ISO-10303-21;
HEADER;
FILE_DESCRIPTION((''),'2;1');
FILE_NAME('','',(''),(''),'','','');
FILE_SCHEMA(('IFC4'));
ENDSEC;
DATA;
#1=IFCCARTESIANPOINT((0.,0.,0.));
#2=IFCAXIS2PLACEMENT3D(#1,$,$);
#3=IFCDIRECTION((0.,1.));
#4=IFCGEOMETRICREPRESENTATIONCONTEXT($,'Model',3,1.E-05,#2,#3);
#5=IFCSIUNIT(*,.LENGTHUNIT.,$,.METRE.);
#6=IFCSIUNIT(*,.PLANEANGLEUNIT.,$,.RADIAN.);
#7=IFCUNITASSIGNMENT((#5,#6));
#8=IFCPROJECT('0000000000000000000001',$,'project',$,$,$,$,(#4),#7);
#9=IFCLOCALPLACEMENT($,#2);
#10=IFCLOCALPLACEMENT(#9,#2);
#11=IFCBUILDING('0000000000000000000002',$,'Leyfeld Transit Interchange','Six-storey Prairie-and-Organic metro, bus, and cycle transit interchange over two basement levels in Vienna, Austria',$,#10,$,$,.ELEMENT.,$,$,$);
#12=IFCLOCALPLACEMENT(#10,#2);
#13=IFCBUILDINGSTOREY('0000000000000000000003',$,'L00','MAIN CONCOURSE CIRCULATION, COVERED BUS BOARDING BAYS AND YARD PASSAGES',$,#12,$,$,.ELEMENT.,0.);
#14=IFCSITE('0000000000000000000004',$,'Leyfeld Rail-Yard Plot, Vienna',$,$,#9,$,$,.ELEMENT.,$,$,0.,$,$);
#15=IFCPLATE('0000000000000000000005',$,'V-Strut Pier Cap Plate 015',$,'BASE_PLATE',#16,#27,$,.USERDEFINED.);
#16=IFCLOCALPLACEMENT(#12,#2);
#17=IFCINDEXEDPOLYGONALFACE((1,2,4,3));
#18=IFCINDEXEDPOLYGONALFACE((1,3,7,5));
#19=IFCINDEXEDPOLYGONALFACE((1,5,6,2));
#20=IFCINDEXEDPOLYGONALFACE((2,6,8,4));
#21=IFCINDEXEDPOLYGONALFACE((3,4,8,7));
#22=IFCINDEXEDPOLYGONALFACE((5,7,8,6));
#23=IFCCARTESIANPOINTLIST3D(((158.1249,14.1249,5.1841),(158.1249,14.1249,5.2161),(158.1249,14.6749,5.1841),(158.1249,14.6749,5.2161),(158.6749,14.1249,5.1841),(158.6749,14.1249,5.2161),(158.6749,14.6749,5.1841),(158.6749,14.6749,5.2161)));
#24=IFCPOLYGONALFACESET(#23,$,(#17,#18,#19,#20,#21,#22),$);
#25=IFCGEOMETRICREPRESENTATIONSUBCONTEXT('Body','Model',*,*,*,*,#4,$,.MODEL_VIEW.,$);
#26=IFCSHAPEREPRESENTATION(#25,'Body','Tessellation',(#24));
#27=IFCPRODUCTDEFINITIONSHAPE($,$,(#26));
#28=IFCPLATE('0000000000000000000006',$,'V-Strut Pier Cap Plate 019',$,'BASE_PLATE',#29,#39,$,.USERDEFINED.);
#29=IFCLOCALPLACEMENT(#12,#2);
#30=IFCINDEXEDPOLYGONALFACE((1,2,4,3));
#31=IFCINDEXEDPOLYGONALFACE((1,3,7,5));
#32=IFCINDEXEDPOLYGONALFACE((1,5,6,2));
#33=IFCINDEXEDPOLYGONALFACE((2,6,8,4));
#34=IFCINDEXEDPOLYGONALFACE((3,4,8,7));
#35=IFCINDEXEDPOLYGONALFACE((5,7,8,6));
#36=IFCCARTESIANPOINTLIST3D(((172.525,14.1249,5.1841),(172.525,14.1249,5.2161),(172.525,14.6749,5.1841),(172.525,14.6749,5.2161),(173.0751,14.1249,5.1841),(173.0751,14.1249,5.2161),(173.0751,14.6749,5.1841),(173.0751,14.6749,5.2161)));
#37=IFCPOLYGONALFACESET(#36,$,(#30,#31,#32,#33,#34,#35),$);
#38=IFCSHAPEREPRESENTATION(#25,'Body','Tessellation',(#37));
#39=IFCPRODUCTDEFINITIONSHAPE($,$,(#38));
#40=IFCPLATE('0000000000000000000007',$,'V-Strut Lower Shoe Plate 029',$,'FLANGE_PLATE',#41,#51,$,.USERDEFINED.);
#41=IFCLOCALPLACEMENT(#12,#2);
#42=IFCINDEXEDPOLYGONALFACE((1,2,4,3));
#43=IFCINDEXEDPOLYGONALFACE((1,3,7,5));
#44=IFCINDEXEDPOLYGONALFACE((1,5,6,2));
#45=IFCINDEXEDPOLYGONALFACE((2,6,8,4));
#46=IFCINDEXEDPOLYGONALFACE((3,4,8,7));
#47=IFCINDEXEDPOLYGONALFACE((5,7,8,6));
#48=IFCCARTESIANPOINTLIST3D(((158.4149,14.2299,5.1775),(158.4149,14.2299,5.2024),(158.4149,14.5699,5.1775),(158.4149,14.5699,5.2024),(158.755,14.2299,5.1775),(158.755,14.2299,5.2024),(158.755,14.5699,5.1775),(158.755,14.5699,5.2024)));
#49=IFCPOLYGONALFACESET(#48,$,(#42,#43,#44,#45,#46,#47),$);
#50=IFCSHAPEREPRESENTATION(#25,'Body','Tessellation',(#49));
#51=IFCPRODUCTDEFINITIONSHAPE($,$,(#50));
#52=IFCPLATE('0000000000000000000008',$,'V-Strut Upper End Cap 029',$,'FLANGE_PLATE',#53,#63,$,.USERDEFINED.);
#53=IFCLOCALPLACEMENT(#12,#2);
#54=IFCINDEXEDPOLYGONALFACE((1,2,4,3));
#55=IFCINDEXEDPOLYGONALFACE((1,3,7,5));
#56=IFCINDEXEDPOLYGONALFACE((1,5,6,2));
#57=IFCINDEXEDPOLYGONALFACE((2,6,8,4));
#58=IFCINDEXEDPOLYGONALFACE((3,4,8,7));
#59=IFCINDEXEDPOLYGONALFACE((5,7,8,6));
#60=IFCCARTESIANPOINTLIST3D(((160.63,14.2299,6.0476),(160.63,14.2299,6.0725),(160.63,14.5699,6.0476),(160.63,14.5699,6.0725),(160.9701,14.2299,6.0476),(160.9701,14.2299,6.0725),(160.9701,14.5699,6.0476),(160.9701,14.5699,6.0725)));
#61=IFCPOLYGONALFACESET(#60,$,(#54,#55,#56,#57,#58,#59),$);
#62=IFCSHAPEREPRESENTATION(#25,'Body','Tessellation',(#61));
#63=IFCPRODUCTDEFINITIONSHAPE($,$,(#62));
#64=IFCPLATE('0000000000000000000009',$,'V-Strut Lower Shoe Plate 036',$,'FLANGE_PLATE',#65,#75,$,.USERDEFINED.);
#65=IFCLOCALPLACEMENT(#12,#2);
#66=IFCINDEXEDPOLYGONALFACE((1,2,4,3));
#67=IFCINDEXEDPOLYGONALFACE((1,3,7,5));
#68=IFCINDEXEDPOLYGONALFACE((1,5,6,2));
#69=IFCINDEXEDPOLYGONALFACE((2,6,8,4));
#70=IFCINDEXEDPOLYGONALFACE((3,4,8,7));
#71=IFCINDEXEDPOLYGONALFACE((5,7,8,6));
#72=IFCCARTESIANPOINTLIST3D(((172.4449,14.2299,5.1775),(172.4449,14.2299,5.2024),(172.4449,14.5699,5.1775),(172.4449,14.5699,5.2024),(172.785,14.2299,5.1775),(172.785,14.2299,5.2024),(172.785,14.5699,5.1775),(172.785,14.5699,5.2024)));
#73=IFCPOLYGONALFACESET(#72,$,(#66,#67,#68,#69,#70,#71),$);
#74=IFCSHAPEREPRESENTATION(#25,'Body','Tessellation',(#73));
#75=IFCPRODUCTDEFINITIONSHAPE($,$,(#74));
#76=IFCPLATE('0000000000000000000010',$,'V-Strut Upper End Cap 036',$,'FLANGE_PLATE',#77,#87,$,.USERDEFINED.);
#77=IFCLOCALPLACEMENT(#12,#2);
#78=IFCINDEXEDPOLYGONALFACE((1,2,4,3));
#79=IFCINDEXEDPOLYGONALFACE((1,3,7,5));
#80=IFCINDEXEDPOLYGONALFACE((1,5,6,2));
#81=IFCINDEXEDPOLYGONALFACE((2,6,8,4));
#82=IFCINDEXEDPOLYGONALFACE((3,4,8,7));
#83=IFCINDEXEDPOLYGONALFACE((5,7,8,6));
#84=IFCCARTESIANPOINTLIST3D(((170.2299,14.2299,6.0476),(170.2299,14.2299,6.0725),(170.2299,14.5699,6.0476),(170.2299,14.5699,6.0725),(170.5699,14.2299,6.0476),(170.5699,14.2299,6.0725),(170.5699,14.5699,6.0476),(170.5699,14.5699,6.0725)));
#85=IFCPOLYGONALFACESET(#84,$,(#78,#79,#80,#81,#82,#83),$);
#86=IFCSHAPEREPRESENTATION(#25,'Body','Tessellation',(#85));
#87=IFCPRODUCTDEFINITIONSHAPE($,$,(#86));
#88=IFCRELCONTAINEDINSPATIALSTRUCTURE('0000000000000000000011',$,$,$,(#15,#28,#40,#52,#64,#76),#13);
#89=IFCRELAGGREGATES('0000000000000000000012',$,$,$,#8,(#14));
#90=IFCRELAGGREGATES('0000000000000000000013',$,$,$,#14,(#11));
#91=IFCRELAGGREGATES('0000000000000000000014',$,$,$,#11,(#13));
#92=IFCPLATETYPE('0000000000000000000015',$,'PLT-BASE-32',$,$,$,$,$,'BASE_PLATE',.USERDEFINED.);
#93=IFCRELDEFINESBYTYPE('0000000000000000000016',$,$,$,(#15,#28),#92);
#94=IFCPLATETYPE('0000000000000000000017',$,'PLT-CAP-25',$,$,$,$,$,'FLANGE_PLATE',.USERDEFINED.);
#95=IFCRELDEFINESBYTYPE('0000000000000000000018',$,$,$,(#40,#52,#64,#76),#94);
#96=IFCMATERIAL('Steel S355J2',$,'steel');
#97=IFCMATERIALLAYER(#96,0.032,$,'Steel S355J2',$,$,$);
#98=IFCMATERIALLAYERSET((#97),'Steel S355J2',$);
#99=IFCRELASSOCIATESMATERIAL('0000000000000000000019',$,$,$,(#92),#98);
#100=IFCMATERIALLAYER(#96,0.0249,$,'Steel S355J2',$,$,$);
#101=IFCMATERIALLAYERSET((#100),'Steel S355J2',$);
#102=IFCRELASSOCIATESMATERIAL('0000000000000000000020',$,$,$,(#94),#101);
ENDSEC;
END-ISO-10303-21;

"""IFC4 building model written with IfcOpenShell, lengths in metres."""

from ifc_helpers import new_model, si_unit, direction, frame, origin, origin_2d, place, context, subcontext, project, spatial, rectangle, extrude, material, layer, layer_set, type_object, element, save


model = new_model("IFC4")

# Units and contexts
model_context = context("Model", 3, precision=1e-05, world=origin(), true_north=direction((0.0, 1.0)))
body_context = subcontext(model_context, "Body", "Model", "MODEL_VIEW")
ifc_project = project(units=[si_unit("LENGTHUNIT", "METRE"), si_unit("PLANEANGLEUNIT", "RADIAN")], contexts=[model_context])

# Site, building, storey
site_placement = place(None, origin())
site = spatial("IfcSite", under=ifc_project, at=site_placement, Name="Leyfeld Rail-Yard Plot, Vienna", CompositionType="ELEMENT", RefElevation=0.0)
building_placement = place(site_placement, origin())
building = spatial("IfcBuilding", under=site, at=building_placement, Name="Leyfeld Transit Interchange", Description="Six-storey Prairie-and-Organic metro, bus, and cycle transit interchange over two basement levels in Vienna, Austria", CompositionType="ELEMENT")
storey_placement = place(building_placement, origin())
storey = spatial("IfcBuildingStorey", under=building, at=storey_placement, Name="L00", Description="MAIN CONCOURSE CIRCULATION, COVERED BUS BOARDING BAYS AND YARD PASSAGES", CompositionType="ELEMENT", Elevation=0.0)

# Shared definitions
ifc_material_1 = material(Name="Steel S355J2", Category="steel")

# Plates
ifc_layer_1 = layer(ifc_material_1, 0.032, Name="Steel S355J2")
ifc_layer_set_1 = layer_set([ifc_layer_1], Name="Steel S355J2")
plate_type_1 = type_object("IfcPlateType", Name="PLT-BASE-32", ElementType="BASE_PLATE", PredefinedType="USERDEFINED", material=ifc_layer_set_1)
for number, where, z_axis, x_axis, name in (
    (1, (158.3999, 14.3999, 5.1841), (0.0, 0.0, 1.0), (1.0, 0.0, 0.0), "V-Strut Pier Cap Plate 015"),
    (2, (172.8, 14.3999, 5.1841), (0.0, 0.0, 1.0), (1.0, 0.0, 0.0), "V-Strut Pier Cap Plate 019"),
):
    element("IfcPlate", number, at=place(storey_placement, frame(where, z_axis=z_axis, x_axis=x_axis)), inside=storey, type_object=plate_type_1, Name=name, ObjectType="BASE_PLATE", PredefinedType="USERDEFINED", context=body_context, shape_type="SweptSolid", body=[
        extrude(rectangle(XDim=0.55, YDim=0.55, at=origin_2d()), origin(), (0.0, 0.0, 1.0), 0.032),
    ])
ifc_layer_2 = layer(ifc_material_1, 0.0249, Name="Steel S355J2")
ifc_layer_set_2 = layer_set([ifc_layer_2], Name="Steel S355J2")
plate_type_2 = type_object("IfcPlateType", Name="PLT-CAP-25", ElementType="FLANGE_PLATE", PredefinedType="USERDEFINED", material=ifc_layer_set_2)
for number, where, z_axis, x_axis, name in (
    (3, (158.585, 14.3999, 5.1775), (0.0, 0.0, 1.0), (1.0, 0.0, 0.0), "V-Strut Lower Shoe Plate 029"),
    (4, (160.8, 14.3999, 6.0476), (0.0, 0.0, 1.0), (1.0, 0.0, 0.0), "V-Strut Upper End Cap 029"),
    (5, (172.615, 14.3999, 5.1775), (0.0, 0.0, 1.0), (1.0, 0.0, 0.0), "V-Strut Lower Shoe Plate 036"),
    (6, (170.3999, 14.3999, 6.0476), (0.0, 0.0, 1.0), (1.0, 0.0, 0.0), "V-Strut Upper End Cap 036"),
):
    element("IfcPlate", number, at=place(storey_placement, frame(where, z_axis=z_axis, x_axis=x_axis)), inside=storey, type_object=plate_type_2, Name=name, ObjectType="FLANGE_PLATE", PredefinedType="USERDEFINED", context=body_context, shape_type="SweptSolid", body=[
        extrude(rectangle(XDim=0.3401, YDim=0.3401, at=origin_2d()), origin(), (0.0, 0.0, 1.0), 0.0249),
    ])

save(model, "model.ifc")
